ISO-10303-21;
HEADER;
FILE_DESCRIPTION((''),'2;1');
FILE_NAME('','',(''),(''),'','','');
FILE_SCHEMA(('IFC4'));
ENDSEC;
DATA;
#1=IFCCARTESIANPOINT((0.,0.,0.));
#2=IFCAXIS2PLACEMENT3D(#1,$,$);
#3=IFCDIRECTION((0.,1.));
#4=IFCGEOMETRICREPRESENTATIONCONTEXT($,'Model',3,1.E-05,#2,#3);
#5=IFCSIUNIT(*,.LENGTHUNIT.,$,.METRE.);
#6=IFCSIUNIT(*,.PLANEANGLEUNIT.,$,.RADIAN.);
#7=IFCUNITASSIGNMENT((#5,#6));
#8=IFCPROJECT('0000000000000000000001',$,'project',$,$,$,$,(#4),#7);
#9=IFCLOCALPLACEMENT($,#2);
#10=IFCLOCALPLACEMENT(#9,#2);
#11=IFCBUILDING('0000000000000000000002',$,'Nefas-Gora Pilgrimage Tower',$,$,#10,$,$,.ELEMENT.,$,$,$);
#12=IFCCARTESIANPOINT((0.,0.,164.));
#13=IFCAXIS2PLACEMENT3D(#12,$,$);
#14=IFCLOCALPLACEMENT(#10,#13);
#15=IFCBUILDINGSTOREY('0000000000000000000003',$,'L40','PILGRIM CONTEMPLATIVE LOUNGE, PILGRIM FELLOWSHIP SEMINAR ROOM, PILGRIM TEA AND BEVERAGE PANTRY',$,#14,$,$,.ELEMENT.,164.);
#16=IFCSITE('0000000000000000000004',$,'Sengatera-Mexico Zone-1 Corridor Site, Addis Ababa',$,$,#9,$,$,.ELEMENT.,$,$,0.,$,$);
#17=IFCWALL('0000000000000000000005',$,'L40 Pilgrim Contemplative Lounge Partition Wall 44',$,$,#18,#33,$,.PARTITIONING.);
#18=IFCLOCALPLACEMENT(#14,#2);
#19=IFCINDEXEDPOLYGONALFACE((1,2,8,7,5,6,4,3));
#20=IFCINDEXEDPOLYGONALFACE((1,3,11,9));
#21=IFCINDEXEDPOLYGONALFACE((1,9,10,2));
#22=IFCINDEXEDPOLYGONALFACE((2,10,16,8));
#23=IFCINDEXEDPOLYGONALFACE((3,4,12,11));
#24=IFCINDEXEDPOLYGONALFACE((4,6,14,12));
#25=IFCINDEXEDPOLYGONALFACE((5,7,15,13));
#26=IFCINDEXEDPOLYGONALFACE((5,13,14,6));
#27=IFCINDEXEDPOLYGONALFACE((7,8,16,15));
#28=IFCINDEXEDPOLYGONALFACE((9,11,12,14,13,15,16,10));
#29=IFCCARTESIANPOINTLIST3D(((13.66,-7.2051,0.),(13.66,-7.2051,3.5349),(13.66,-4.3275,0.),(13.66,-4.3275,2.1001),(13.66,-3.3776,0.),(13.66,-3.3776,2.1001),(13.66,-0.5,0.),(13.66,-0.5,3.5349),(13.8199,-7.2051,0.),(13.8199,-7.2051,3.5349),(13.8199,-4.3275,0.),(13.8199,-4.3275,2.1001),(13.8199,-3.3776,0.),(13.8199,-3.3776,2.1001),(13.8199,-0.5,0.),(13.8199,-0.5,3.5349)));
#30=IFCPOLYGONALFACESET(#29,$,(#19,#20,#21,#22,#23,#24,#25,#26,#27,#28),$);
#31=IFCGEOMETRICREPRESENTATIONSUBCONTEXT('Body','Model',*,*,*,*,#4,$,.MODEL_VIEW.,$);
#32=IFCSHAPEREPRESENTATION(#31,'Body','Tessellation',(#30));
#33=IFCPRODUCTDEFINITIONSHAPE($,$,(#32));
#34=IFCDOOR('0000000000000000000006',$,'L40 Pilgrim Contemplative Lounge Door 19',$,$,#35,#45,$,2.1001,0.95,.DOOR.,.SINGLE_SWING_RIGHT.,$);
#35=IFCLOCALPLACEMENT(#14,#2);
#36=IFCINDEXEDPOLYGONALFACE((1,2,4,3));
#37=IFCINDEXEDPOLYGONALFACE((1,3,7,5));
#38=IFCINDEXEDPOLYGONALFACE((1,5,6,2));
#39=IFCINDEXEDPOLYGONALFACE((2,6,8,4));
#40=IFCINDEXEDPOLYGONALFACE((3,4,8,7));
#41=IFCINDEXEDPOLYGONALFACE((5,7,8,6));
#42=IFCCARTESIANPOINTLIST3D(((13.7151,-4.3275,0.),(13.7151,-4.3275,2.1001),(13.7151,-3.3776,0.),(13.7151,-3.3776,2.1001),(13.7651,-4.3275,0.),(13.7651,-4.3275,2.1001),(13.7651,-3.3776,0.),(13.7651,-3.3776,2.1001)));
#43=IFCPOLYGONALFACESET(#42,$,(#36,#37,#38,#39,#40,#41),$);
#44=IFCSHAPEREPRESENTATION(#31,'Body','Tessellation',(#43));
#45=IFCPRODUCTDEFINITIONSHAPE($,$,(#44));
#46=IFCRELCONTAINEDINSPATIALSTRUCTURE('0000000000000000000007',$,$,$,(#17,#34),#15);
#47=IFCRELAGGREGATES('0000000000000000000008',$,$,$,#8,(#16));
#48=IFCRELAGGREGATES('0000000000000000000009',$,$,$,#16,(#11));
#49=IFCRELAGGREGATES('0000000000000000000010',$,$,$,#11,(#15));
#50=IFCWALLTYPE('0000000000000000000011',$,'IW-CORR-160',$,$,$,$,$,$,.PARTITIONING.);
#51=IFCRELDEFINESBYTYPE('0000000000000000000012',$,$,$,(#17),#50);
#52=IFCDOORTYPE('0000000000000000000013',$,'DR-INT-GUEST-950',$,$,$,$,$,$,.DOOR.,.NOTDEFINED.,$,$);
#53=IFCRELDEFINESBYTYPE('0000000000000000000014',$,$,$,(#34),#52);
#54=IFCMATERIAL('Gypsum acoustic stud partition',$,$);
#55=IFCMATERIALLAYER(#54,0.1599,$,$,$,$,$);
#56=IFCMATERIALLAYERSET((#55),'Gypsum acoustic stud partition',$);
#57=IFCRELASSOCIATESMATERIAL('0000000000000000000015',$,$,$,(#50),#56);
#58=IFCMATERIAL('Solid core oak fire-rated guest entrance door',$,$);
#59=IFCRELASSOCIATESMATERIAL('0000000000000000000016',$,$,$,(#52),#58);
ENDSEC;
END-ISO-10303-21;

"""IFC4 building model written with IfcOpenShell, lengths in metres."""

from ifc_helpers import new_model, si_unit, direction, frame, frame_2d, origin, place, context, subcontext, project, spatial, rectangle, extrude, source, transform, mapped, material, layer, layer_set, type_object, element, fill, save


model = new_model("IFC4")

# Units and contexts
model_context = context("Model", 3, precision=1e-05, world=origin(), true_north=direction((0.0, 1.0)))
body_context = subcontext(model_context, "Body", "Model", "MODEL_VIEW")
ifc_project = project(units=[si_unit("LENGTHUNIT", "METRE"), si_unit("PLANEANGLEUNIT", "RADIAN")], contexts=[model_context])

# Site, building, storey
site_placement = place(None, origin())
site = spatial("IfcSite", under=ifc_project, at=site_placement, Name="Sengatera-Mexico Zone-1 Corridor Site, Addis Ababa", CompositionType="ELEMENT", RefElevation=0.0)
building_placement = place(site_placement, origin())
building = spatial("IfcBuilding", under=site, at=building_placement, Name="Nefas-Gora Pilgrimage Tower", CompositionType="ELEMENT")
storey_placement = place(building_placement, frame((0.0, 0.0, 164.0)))
storey = spatial("IfcBuildingStorey", under=building, at=storey_placement, Name="L40", Description="PILGRIM CONTEMPLATIVE LOUNGE, PILGRIM FELLOWSHIP SEMINAR ROOM, PILGRIM TEA AND BEVERAGE PANTRY", CompositionType="ELEMENT", Elevation=164.0)

# Wall, opening, door
ifc_material_1 = material(Name="Gypsum acoustic stud partition")
ifc_layer_1 = layer(ifc_material_1, 0.1599)
ifc_layer_set_1 = layer_set([ifc_layer_1], Name="Gypsum acoustic stud partition")
wall_type_1 = type_object("IfcWallType", Name="IW-CORR-160", PredefinedType="PARTITIONING", material=ifc_layer_set_1)
shared_shape_1 = source(origin(), body_context, "Body", "SweptSolid", [
    extrude(rectangle(XDim=6.7051, YDim=0.1599, at=frame_2d((3.3525, 0.0))), origin(), (0.0, 0.0, 1.0), 3.5349),
])
wall_1_placement = place(storey_placement, frame((13.74, -7.2051, 0.0), z_axis=(0.0, 0.0, 1.0), x_axis=(0.0, 1.0, 0.0)))
wall_1 = element("IfcWall", 1, at=wall_1_placement, inside=storey, type_object=wall_type_1, Name="L40 Pilgrim Contemplative Lounge Partition Wall 44", PredefinedType="PARTITIONING", context=body_context, shape_type="MappedRepresentation", body=[
    mapped(shared_shape_1, transform((0.0, 0.0, 0.0), x_axis=(1.0, 0.0, 0.0), y_axis=(0.0, 1.0, 0.0), z_axis=(0.0, 0.0, 1.0), scale=1.0)),
])
opening_1_placement = place(wall_1_placement, frame((2.8774, 0.0, 0.0)))
opening_1 = element("IfcOpeningElement", 2, at=opening_1_placement, cuts=wall_1, PredefinedType="OPENING", context=body_context, shape_type="SweptSolid", body=[
    extrude(rectangle(XDim=0.95, YDim=2.1001, at=frame_2d((0.4751, 1.05))), frame((0.0, 0.0898, 0.0), z_axis=(0.0, -1.0, 0.0), x_axis=(1.0, 0.0, 0.0)), (0.0, 0.0, 1.0), 0.1799),
])
ifc_material_2 = material(Name="Solid core oak fire-rated guest entrance door")
door_type_1 = type_object("IfcDoorType", Name="DR-INT-GUEST-950", OperationType="NOTDEFINED", PredefinedType="DOOR", material=ifc_material_2)
shared_shape_2 = source(origin(), body_context, "Body", "SweptSolid", [
    extrude(rectangle(XDim=0.95, YDim=2.1001, at=frame_2d((0.4751, 1.05))), frame((0.0, 0.0249, 0.0), z_axis=(0.0, -1.0, 0.0), x_axis=(1.0, 0.0, 0.0)), (0.0, 0.0, 1.0), 0.05),
])
door_1_placement = place(opening_1_placement, origin())
door_1 = element("IfcDoor", 3, at=door_1_placement, inside=storey, type_object=door_type_1, Name="L40 Pilgrim Contemplative Lounge Door 19", OperationType="SINGLE_SWING_RIGHT", OverallHeight=2.1001, OverallWidth=0.95, PredefinedType="DOOR", context=body_context, shape_type="MappedRepresentation", body=[
    mapped(shared_shape_2, transform((0.0, 0.0, 0.0), x_axis=(1.0, 0.0, 0.0), y_axis=(0.0, 1.0, 0.0), z_axis=(0.0, 0.0, 1.0), scale=1.0)),
])
fill(opening_1, door_1)

save(model, "model.ifc")
